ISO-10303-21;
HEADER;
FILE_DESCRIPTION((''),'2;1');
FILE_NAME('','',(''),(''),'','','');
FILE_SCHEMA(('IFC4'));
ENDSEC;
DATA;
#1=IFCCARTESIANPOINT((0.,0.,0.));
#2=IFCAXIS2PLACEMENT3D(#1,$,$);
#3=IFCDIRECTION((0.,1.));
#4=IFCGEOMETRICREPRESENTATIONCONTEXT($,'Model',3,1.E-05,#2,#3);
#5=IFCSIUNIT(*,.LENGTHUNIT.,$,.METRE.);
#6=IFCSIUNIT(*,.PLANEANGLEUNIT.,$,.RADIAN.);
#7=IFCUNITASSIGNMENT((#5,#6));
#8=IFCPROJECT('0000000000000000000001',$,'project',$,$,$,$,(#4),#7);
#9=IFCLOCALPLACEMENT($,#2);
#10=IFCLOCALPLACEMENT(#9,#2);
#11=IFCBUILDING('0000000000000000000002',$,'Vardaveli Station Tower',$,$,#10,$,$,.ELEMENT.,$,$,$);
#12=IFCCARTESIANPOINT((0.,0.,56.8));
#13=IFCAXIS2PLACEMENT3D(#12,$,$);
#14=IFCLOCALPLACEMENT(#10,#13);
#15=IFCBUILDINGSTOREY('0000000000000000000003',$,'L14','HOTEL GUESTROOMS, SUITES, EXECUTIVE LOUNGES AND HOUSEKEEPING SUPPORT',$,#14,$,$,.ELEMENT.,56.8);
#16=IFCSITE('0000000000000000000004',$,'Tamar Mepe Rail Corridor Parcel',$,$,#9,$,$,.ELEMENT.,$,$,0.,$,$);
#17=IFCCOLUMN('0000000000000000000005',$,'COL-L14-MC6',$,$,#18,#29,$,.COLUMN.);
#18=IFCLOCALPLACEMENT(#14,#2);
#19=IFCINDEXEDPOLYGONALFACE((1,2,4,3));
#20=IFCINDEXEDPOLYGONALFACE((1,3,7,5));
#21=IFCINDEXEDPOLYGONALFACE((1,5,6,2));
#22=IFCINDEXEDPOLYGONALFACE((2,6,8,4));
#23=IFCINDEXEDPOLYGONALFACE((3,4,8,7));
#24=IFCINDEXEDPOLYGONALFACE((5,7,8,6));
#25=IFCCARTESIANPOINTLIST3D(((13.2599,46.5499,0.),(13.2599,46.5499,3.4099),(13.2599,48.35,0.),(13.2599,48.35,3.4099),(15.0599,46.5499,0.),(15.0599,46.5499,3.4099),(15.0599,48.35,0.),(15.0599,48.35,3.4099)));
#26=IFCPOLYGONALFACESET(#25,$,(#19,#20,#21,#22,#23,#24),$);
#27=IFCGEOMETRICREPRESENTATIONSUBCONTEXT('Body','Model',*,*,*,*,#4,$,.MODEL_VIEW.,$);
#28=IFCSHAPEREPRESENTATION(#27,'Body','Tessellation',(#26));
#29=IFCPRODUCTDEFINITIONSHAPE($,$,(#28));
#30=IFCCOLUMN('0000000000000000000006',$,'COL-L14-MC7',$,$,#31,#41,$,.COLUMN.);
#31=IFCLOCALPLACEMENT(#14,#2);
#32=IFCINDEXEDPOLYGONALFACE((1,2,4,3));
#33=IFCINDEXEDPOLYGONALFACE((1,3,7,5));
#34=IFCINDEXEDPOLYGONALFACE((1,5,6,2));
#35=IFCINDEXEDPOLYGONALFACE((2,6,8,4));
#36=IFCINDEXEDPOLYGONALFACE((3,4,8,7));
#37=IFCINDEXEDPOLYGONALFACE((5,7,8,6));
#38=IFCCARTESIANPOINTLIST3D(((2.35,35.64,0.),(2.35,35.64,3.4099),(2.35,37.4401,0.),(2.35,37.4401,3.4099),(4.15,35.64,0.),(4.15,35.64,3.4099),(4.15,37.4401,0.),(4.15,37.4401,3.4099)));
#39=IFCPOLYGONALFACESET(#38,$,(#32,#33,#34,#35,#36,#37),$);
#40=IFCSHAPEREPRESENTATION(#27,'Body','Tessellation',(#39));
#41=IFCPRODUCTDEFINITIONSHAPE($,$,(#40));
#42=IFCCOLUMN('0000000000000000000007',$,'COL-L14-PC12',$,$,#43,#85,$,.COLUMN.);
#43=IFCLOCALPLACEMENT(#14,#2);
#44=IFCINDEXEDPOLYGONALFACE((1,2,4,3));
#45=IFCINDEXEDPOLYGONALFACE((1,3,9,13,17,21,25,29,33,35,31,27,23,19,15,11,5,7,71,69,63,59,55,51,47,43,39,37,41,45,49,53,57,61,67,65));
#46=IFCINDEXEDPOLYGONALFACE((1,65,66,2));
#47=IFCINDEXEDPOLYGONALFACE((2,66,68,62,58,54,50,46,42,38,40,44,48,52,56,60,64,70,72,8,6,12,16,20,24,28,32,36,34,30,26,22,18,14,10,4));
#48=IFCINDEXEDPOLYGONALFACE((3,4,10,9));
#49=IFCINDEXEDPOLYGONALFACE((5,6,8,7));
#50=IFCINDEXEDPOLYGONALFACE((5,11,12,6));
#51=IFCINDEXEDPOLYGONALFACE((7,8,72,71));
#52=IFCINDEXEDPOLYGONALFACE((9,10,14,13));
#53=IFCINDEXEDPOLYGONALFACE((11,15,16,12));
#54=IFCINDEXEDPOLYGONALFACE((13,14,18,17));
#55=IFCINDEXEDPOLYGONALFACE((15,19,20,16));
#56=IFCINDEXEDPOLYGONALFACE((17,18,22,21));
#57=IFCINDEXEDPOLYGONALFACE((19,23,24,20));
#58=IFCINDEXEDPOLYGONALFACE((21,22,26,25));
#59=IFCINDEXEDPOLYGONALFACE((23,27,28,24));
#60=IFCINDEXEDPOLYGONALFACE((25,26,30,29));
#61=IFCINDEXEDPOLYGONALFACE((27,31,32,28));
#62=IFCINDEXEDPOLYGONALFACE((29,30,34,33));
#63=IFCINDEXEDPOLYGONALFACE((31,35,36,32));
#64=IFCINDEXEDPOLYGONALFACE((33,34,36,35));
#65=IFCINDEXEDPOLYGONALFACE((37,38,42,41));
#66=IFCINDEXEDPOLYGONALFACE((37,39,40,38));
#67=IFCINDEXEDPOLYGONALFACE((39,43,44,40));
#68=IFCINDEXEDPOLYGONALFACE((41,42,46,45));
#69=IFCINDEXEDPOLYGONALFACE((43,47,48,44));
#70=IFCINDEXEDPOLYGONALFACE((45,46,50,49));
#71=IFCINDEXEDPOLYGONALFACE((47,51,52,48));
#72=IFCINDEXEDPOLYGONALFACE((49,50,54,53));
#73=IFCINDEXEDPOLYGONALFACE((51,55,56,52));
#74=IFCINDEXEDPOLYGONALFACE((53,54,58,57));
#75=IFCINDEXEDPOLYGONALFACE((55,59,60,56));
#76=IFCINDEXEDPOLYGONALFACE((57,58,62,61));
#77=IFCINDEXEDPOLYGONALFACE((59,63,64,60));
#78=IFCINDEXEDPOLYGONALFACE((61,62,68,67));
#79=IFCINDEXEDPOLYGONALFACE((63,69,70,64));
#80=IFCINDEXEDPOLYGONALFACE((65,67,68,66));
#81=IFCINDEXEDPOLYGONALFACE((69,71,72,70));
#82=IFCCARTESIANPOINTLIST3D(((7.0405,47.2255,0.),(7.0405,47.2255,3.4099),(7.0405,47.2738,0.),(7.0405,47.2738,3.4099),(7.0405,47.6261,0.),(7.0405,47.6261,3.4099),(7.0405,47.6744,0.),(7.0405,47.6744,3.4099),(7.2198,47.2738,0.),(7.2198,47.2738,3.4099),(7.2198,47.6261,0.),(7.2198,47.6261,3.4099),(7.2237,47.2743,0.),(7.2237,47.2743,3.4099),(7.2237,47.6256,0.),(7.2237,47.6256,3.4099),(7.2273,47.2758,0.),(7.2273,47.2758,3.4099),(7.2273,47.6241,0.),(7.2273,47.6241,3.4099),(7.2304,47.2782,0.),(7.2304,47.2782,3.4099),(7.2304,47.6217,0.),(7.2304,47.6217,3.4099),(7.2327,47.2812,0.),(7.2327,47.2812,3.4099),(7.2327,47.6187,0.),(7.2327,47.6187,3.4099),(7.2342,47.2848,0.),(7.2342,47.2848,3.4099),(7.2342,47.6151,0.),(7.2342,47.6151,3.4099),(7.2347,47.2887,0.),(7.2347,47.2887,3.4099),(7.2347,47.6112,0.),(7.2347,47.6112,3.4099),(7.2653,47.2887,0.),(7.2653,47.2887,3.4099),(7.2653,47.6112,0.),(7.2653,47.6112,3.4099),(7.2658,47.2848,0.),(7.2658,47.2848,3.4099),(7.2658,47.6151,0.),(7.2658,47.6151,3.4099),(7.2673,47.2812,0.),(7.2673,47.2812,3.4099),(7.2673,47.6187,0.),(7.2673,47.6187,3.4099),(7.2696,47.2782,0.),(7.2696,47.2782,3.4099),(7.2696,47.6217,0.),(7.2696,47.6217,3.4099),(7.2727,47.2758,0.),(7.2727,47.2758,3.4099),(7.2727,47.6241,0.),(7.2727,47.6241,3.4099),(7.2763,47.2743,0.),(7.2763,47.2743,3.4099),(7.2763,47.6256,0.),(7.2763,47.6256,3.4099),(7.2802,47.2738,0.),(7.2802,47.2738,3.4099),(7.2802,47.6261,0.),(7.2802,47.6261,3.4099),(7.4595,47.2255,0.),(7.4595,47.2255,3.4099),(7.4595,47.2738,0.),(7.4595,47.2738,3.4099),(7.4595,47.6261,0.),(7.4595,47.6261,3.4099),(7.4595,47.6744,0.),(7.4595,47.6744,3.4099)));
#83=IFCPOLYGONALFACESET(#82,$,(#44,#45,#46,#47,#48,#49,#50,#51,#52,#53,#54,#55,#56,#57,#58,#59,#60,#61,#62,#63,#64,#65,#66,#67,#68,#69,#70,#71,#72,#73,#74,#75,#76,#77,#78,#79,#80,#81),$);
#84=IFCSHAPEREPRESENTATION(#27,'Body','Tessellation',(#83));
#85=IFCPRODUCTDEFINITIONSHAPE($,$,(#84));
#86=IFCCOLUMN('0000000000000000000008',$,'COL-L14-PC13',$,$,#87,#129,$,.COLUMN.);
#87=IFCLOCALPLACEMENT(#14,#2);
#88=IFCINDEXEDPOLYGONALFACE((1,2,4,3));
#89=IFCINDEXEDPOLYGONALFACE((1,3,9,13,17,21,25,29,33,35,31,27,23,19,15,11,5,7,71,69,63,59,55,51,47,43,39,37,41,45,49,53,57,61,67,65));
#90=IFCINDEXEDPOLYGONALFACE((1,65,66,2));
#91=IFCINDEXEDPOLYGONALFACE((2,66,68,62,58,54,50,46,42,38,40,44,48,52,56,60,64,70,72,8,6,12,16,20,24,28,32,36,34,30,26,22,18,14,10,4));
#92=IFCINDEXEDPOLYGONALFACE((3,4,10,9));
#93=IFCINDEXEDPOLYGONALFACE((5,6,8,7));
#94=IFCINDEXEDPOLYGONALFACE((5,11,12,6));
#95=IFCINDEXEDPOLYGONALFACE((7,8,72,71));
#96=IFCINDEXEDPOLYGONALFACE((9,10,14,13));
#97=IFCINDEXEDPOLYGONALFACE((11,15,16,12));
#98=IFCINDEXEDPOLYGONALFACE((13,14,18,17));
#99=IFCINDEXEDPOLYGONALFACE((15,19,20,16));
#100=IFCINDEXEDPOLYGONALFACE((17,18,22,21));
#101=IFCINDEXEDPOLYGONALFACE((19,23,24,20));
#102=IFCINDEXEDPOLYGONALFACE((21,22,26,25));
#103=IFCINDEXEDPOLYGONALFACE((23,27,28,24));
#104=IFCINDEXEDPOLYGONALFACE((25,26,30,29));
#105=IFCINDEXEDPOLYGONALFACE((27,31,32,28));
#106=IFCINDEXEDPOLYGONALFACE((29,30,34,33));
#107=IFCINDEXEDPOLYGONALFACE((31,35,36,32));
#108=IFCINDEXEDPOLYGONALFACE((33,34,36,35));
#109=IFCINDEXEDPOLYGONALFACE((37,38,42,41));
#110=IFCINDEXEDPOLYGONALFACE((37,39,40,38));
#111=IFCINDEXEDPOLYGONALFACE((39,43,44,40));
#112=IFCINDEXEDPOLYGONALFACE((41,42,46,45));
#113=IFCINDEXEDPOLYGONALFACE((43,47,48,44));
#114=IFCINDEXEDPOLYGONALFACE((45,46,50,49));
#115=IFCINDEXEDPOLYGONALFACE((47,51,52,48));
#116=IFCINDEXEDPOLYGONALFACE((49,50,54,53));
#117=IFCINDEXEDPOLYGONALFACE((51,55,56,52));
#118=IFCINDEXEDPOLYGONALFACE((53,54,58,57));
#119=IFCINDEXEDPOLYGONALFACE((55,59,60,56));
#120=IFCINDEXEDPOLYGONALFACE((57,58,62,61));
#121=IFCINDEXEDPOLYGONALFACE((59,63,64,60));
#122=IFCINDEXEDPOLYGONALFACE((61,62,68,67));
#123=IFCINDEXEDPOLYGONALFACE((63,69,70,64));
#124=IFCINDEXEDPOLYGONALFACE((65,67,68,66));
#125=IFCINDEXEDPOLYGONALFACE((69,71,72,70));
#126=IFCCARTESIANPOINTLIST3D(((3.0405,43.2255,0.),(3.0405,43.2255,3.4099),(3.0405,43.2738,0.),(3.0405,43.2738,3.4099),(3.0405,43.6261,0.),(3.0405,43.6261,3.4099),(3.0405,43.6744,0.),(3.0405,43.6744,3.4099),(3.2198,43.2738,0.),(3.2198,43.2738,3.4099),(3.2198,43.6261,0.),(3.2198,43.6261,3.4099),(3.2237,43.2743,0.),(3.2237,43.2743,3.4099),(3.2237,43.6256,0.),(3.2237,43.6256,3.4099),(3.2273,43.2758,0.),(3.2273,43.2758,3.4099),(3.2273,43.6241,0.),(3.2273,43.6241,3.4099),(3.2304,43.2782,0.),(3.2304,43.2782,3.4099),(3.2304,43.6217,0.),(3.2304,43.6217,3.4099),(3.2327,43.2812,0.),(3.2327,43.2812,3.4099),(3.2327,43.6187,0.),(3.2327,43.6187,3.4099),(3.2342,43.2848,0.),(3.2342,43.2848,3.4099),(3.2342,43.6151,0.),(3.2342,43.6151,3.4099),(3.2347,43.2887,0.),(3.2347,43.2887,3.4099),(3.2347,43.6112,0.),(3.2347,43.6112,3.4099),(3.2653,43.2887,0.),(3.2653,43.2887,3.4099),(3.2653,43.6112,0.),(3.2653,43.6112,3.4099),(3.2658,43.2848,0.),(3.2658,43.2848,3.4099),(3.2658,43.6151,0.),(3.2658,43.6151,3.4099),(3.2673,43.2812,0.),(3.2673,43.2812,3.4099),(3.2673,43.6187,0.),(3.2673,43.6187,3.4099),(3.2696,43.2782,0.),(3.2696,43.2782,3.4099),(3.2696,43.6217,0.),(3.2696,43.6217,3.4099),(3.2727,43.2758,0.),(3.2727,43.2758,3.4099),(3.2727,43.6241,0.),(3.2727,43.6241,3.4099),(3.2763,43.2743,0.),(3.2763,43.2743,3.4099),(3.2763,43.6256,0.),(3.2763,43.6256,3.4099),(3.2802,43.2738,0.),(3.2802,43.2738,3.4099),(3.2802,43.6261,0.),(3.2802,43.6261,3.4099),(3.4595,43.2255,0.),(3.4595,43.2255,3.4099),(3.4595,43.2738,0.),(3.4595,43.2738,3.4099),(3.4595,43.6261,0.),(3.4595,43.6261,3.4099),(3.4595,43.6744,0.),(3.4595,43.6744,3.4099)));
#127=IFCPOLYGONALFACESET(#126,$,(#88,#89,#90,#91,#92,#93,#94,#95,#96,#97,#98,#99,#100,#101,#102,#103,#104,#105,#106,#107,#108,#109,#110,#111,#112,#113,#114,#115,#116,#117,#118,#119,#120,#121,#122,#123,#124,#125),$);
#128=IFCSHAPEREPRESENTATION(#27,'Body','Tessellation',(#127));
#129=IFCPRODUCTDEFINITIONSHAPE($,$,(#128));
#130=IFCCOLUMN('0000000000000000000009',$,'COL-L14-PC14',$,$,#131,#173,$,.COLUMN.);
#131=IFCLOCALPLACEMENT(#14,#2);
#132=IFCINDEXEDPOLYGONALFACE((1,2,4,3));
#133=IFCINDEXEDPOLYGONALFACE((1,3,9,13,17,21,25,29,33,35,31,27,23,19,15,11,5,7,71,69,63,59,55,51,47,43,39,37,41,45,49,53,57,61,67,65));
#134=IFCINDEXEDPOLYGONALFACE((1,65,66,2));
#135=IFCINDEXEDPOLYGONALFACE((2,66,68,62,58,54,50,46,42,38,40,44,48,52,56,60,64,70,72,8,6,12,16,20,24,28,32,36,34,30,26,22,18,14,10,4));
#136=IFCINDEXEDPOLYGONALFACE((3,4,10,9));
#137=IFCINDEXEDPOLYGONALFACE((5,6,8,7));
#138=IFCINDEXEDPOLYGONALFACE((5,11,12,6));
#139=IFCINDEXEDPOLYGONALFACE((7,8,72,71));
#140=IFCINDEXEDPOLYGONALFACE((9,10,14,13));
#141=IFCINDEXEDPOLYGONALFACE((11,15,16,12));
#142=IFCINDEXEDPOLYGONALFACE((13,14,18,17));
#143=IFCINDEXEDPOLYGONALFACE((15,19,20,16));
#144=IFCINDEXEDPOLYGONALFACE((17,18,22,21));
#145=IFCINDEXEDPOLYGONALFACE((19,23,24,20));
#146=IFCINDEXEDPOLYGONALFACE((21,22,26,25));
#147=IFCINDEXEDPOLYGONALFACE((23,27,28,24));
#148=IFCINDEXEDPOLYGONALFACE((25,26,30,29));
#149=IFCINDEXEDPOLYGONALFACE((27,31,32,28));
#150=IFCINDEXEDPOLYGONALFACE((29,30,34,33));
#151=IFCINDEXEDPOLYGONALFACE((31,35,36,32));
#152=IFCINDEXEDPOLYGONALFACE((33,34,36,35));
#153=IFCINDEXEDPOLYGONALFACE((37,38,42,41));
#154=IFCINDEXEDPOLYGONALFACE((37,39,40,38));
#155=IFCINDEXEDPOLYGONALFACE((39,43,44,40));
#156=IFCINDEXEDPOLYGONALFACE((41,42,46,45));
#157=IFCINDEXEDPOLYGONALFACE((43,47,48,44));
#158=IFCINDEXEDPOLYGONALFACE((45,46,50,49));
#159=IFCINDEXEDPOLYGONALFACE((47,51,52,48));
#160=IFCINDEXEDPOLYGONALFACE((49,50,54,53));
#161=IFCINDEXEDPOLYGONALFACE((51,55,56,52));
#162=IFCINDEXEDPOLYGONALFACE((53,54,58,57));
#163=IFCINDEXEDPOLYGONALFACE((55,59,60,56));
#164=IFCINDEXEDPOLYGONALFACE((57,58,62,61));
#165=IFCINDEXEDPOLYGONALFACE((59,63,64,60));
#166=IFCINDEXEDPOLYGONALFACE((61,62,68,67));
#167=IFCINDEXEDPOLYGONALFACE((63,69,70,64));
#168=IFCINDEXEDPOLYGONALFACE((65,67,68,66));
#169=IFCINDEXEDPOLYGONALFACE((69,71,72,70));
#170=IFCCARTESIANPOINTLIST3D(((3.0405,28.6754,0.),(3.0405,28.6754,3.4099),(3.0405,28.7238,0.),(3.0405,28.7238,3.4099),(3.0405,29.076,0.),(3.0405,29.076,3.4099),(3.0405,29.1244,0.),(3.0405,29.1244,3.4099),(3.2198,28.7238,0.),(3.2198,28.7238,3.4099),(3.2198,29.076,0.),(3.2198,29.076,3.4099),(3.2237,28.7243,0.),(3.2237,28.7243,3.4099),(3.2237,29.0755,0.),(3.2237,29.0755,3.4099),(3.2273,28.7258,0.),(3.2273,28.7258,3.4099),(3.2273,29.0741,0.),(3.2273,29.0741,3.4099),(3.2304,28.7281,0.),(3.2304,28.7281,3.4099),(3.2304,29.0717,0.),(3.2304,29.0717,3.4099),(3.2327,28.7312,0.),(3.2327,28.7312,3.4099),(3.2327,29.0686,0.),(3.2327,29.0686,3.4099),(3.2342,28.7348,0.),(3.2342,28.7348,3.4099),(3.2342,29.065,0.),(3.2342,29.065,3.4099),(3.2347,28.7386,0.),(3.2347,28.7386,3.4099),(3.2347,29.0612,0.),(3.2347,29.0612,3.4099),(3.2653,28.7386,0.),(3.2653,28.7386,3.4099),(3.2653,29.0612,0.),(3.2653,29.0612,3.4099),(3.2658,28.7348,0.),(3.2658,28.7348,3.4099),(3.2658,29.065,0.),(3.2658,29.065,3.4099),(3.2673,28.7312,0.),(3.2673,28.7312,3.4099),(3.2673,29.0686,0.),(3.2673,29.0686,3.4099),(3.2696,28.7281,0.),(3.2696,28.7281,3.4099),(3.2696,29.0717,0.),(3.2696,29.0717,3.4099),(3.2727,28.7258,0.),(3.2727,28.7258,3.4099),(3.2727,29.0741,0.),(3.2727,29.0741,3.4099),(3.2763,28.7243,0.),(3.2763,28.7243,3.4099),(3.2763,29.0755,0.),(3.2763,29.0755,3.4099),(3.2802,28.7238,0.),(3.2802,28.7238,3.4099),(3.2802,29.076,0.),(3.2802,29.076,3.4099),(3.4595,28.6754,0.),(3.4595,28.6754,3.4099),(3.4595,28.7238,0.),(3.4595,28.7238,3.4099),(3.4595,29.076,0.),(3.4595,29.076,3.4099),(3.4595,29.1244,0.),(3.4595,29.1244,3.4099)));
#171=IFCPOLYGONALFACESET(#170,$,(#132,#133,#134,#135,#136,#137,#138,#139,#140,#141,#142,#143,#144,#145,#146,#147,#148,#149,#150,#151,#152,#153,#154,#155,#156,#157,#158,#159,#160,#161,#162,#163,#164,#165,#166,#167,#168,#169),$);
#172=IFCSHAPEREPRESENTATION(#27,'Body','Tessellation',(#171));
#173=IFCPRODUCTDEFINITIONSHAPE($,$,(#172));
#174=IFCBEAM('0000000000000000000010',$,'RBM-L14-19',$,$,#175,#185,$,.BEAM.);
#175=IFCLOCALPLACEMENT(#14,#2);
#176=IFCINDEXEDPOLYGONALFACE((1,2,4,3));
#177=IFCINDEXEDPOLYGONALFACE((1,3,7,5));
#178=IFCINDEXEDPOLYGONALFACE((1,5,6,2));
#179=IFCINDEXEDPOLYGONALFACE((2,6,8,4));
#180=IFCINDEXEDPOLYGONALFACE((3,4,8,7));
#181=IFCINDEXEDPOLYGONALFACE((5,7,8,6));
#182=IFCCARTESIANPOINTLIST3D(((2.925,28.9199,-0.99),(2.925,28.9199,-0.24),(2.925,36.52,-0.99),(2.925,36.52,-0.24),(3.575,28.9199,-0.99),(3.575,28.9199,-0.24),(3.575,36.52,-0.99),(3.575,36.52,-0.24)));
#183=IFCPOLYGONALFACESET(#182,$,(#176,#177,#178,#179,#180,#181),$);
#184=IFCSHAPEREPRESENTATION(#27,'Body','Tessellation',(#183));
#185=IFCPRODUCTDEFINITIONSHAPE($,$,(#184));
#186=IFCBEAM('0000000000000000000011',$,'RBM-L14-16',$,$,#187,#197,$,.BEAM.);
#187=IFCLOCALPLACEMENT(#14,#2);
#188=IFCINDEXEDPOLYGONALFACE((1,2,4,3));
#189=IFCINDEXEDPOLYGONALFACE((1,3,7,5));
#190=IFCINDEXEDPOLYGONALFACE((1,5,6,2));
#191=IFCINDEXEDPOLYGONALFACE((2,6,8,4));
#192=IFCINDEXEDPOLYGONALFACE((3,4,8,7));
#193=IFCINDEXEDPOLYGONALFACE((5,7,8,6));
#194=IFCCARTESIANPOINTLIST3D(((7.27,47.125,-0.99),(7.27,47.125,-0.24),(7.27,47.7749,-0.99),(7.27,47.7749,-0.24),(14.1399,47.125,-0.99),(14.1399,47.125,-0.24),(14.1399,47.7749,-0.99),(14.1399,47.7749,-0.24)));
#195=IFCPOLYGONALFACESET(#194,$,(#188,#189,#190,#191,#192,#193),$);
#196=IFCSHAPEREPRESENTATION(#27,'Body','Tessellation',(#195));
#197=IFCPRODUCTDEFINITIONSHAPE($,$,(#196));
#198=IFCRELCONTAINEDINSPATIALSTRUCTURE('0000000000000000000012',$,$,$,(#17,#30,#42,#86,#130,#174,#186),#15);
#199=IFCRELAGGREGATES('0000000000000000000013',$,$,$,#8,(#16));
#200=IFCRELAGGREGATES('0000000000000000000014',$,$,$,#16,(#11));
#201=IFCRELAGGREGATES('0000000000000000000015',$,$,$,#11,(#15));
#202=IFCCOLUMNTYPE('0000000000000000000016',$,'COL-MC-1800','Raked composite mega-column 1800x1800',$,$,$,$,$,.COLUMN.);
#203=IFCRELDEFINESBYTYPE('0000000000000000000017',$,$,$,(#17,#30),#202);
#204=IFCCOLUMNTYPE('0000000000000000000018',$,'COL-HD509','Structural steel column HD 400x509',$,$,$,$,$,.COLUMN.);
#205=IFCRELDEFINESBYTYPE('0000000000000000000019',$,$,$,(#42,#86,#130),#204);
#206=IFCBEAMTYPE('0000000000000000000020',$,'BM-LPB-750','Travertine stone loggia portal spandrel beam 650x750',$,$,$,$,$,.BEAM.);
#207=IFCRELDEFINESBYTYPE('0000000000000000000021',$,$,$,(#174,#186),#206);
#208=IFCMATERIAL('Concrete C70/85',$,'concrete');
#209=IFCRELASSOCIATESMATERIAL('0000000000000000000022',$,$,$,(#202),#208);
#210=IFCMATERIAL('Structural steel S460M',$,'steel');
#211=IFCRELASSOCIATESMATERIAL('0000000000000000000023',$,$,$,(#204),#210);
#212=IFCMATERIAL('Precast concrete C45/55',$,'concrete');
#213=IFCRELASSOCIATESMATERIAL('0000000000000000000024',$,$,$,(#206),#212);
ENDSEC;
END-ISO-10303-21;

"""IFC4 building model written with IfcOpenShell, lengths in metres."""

from ifc_helpers import new_model, si_unit, direction, frame, origin, origin_2d, place, context, subcontext, project, spatial, rectangle, i_section, extrude, source, transform, mapped, material, material_profile, profile_set, type_object, element, save


model = new_model("IFC4")

# Units and contexts
model_context = context("Model", 3, precision=1e-05, world=origin(), true_north=direction((0.0, 1.0)))
body_context = subcontext(model_context, "Body", "Model", "MODEL_VIEW")
ifc_project = project(units=[si_unit("LENGTHUNIT", "METRE"), si_unit("PLANEANGLEUNIT", "RADIAN")], contexts=[model_context])

# Site, building, storey
site_placement = place(None, origin())
site = spatial("IfcSite", under=ifc_project, at=site_placement, Name="Tamar Mepe Rail Corridor Parcel", CompositionType="ELEMENT", RefElevation=0.0)
building_placement = place(site_placement, origin())
building = spatial("IfcBuilding", under=site, at=building_placement, Name="Vardaveli Station Tower", CompositionType="ELEMENT")
storey_placement = place(building_placement, frame((0.0, 0.0, 56.8)))
storey = spatial("IfcBuildingStorey", under=building, at=storey_placement, Name="L14", Description="HOTEL GUESTROOMS, SUITES, EXECUTIVE LOUNGES AND HOUSEKEEPING SUPPORT", CompositionType="ELEMENT", Elevation=56.8)

# Columns
ifc_material_1 = material(Name="Concrete C70/85", Category="concrete")
ifc_material_profile_1 = material_profile(ifc_material_1, rectangle(XDim=1.8, YDim=1.8, at=origin_2d()), Name="MC 1800x1800")
ifc_profile_set_1 = profile_set([ifc_material_profile_1], Name="Concrete C70/85")
column_type_1 = type_object("IfcColumnType", Name="COL-MC-1800", Description="Raked composite mega-column 1800x1800", PredefinedType="COLUMN", material=ifc_profile_set_1)
shared_shape_1 = source(origin(), body_context, "Body", "SweptSolid", [
    extrude(rectangle(XDim=1.8, YDim=1.8, at=origin_2d()), origin(), (0.0, 0.0, 1.0), 3.4099),
])
for number, where, z_axis, x_axis, name in (
    (1, (14.1599, 47.45, 0.0), (0.0, 0.0, 1.0), (1.0, 0.0, 0.0), "COL-L14-MC6"),
    (2, (3.25, 36.54, 0.0), (0.0, 0.0, 1.0), (1.0, 0.0, 0.0), "COL-L14-MC7"),
):
    element("IfcColumn", number, at=place(storey_placement, frame(where, z_axis=z_axis, x_axis=x_axis)), inside=storey, type_object=column_type_1, Name=name, PredefinedType="COLUMN", context=body_context, shape_type="MappedRepresentation", body=[
        mapped(shared_shape_1, transform((0.0, 0.0, 0.0), scale=1.0)),
    ])
ifc_material_2 = material(Name="Structural steel S460M", Category="steel")
ifc_material_profile_2 = material_profile(ifc_material_2, i_section(OverallWidth=0.4189, OverallDepth=0.449, WebThickness=0.0305, FlangeThickness=0.0483, FilletRadius=0.0149, at=origin_2d()), Name="HD 400x509")
ifc_profile_set_2 = profile_set([ifc_material_profile_2], Name="Structural steel S460M")
column_type_2 = type_object("IfcColumnType", Name="COL-HD509", Description="Structural steel column HD 400x509", PredefinedType="COLUMN", material=ifc_profile_set_2)
shared_shape_2 = source(origin(), body_context, "Body", "SweptSolid", [
    extrude(i_section(OverallWidth=0.4189, OverallDepth=0.449, WebThickness=0.0305, FlangeThickness=0.0483, FilletRadius=0.0149, at=origin_2d()), origin(), (0.0, 0.0, 1.0), 3.4099),
])
for number, where, z_axis, x_axis, name in (
    (3, (7.25, 47.45, 0.0), (0.0, 0.0, 1.0), (1.0, 0.0, 0.0), "COL-L14-PC12"),
    (4, (3.25, 43.45, 0.0), (0.0, 0.0, 1.0), (1.0, 0.0, 0.0), "COL-L14-PC13"),
    (5, (3.25, 28.8999, 0.0), (0.0, 0.0, 1.0), (1.0, 0.0, 0.0), "COL-L14-PC14"),
):
    element("IfcColumn", number, at=place(storey_placement, frame(where, z_axis=z_axis, x_axis=x_axis)), inside=storey, type_object=column_type_2, Name=name, PredefinedType="COLUMN", context=body_context, shape_type="MappedRepresentation", body=[
        mapped(shared_shape_2, transform((0.0, 0.0, 0.0), scale=1.0)),
    ])

# Beams
ifc_material_3 = material(Name="Precast concrete C45/55", Category="concrete")
ifc_material_profile_3 = material_profile(ifc_material_3, rectangle(XDim=0.6499, YDim=0.75, at=origin_2d()), Name="LPB 650x750")
ifc_profile_set_3 = profile_set([ifc_material_profile_3], Name="Precast concrete C45/55")
beam_type = type_object("IfcBeamType", Name="BM-LPB-750", Description="Travertine stone loggia portal spandrel beam 650x750", PredefinedType="BEAM", material=ifc_profile_set_3)
shared_shape_3 = source(origin(), body_context, "Body", "SweptSolid", [
    extrude(rectangle(XDim=0.6499, YDim=0.75, at=origin_2d()), origin(), (0.0, 0.0, 1.0), 7.6001),
])
beam_1_placement = place(storey_placement, frame((3.25, 36.52, -0.615), z_axis=(0.0, -1.0, 0.0), x_axis=(1.0, 0.0, 0.0)))
element("IfcBeam", 6, at=beam_1_placement, inside=storey, type_object=beam_type, Name="RBM-L14-19", PredefinedType="BEAM", context=body_context, shape_type="MappedRepresentation", body=[
    mapped(shared_shape_3, transform((0.0, 0.0, 0.0), scale=1.0)),
])
shared_shape_4 = source(origin(), body_context, "Body", "SweptSolid", [
    extrude(rectangle(XDim=0.6499, YDim=0.75, at=origin_2d()), origin(), (0.0, 0.0, 1.0), 6.8699),
])
for number, where, z_axis, x_axis, name in (
    (7, (14.1399, 47.45, -0.615), (-1.0, 0.0, 0.0), (0.0, -1.0, 0.0), "RBM-L14-16"),
):
    element("IfcBeam", number, at=place(storey_placement, frame(where, z_axis=z_axis, x_axis=x_axis)), inside=storey, type_object=beam_type, Name=name, PredefinedType="BEAM", context=body_context, shape_type="MappedRepresentation", body=[
        mapped(shared_shape_4, transform((0.0, 0.0, 0.0), scale=1.0)),
    ])

save(model, "model.ifc")
